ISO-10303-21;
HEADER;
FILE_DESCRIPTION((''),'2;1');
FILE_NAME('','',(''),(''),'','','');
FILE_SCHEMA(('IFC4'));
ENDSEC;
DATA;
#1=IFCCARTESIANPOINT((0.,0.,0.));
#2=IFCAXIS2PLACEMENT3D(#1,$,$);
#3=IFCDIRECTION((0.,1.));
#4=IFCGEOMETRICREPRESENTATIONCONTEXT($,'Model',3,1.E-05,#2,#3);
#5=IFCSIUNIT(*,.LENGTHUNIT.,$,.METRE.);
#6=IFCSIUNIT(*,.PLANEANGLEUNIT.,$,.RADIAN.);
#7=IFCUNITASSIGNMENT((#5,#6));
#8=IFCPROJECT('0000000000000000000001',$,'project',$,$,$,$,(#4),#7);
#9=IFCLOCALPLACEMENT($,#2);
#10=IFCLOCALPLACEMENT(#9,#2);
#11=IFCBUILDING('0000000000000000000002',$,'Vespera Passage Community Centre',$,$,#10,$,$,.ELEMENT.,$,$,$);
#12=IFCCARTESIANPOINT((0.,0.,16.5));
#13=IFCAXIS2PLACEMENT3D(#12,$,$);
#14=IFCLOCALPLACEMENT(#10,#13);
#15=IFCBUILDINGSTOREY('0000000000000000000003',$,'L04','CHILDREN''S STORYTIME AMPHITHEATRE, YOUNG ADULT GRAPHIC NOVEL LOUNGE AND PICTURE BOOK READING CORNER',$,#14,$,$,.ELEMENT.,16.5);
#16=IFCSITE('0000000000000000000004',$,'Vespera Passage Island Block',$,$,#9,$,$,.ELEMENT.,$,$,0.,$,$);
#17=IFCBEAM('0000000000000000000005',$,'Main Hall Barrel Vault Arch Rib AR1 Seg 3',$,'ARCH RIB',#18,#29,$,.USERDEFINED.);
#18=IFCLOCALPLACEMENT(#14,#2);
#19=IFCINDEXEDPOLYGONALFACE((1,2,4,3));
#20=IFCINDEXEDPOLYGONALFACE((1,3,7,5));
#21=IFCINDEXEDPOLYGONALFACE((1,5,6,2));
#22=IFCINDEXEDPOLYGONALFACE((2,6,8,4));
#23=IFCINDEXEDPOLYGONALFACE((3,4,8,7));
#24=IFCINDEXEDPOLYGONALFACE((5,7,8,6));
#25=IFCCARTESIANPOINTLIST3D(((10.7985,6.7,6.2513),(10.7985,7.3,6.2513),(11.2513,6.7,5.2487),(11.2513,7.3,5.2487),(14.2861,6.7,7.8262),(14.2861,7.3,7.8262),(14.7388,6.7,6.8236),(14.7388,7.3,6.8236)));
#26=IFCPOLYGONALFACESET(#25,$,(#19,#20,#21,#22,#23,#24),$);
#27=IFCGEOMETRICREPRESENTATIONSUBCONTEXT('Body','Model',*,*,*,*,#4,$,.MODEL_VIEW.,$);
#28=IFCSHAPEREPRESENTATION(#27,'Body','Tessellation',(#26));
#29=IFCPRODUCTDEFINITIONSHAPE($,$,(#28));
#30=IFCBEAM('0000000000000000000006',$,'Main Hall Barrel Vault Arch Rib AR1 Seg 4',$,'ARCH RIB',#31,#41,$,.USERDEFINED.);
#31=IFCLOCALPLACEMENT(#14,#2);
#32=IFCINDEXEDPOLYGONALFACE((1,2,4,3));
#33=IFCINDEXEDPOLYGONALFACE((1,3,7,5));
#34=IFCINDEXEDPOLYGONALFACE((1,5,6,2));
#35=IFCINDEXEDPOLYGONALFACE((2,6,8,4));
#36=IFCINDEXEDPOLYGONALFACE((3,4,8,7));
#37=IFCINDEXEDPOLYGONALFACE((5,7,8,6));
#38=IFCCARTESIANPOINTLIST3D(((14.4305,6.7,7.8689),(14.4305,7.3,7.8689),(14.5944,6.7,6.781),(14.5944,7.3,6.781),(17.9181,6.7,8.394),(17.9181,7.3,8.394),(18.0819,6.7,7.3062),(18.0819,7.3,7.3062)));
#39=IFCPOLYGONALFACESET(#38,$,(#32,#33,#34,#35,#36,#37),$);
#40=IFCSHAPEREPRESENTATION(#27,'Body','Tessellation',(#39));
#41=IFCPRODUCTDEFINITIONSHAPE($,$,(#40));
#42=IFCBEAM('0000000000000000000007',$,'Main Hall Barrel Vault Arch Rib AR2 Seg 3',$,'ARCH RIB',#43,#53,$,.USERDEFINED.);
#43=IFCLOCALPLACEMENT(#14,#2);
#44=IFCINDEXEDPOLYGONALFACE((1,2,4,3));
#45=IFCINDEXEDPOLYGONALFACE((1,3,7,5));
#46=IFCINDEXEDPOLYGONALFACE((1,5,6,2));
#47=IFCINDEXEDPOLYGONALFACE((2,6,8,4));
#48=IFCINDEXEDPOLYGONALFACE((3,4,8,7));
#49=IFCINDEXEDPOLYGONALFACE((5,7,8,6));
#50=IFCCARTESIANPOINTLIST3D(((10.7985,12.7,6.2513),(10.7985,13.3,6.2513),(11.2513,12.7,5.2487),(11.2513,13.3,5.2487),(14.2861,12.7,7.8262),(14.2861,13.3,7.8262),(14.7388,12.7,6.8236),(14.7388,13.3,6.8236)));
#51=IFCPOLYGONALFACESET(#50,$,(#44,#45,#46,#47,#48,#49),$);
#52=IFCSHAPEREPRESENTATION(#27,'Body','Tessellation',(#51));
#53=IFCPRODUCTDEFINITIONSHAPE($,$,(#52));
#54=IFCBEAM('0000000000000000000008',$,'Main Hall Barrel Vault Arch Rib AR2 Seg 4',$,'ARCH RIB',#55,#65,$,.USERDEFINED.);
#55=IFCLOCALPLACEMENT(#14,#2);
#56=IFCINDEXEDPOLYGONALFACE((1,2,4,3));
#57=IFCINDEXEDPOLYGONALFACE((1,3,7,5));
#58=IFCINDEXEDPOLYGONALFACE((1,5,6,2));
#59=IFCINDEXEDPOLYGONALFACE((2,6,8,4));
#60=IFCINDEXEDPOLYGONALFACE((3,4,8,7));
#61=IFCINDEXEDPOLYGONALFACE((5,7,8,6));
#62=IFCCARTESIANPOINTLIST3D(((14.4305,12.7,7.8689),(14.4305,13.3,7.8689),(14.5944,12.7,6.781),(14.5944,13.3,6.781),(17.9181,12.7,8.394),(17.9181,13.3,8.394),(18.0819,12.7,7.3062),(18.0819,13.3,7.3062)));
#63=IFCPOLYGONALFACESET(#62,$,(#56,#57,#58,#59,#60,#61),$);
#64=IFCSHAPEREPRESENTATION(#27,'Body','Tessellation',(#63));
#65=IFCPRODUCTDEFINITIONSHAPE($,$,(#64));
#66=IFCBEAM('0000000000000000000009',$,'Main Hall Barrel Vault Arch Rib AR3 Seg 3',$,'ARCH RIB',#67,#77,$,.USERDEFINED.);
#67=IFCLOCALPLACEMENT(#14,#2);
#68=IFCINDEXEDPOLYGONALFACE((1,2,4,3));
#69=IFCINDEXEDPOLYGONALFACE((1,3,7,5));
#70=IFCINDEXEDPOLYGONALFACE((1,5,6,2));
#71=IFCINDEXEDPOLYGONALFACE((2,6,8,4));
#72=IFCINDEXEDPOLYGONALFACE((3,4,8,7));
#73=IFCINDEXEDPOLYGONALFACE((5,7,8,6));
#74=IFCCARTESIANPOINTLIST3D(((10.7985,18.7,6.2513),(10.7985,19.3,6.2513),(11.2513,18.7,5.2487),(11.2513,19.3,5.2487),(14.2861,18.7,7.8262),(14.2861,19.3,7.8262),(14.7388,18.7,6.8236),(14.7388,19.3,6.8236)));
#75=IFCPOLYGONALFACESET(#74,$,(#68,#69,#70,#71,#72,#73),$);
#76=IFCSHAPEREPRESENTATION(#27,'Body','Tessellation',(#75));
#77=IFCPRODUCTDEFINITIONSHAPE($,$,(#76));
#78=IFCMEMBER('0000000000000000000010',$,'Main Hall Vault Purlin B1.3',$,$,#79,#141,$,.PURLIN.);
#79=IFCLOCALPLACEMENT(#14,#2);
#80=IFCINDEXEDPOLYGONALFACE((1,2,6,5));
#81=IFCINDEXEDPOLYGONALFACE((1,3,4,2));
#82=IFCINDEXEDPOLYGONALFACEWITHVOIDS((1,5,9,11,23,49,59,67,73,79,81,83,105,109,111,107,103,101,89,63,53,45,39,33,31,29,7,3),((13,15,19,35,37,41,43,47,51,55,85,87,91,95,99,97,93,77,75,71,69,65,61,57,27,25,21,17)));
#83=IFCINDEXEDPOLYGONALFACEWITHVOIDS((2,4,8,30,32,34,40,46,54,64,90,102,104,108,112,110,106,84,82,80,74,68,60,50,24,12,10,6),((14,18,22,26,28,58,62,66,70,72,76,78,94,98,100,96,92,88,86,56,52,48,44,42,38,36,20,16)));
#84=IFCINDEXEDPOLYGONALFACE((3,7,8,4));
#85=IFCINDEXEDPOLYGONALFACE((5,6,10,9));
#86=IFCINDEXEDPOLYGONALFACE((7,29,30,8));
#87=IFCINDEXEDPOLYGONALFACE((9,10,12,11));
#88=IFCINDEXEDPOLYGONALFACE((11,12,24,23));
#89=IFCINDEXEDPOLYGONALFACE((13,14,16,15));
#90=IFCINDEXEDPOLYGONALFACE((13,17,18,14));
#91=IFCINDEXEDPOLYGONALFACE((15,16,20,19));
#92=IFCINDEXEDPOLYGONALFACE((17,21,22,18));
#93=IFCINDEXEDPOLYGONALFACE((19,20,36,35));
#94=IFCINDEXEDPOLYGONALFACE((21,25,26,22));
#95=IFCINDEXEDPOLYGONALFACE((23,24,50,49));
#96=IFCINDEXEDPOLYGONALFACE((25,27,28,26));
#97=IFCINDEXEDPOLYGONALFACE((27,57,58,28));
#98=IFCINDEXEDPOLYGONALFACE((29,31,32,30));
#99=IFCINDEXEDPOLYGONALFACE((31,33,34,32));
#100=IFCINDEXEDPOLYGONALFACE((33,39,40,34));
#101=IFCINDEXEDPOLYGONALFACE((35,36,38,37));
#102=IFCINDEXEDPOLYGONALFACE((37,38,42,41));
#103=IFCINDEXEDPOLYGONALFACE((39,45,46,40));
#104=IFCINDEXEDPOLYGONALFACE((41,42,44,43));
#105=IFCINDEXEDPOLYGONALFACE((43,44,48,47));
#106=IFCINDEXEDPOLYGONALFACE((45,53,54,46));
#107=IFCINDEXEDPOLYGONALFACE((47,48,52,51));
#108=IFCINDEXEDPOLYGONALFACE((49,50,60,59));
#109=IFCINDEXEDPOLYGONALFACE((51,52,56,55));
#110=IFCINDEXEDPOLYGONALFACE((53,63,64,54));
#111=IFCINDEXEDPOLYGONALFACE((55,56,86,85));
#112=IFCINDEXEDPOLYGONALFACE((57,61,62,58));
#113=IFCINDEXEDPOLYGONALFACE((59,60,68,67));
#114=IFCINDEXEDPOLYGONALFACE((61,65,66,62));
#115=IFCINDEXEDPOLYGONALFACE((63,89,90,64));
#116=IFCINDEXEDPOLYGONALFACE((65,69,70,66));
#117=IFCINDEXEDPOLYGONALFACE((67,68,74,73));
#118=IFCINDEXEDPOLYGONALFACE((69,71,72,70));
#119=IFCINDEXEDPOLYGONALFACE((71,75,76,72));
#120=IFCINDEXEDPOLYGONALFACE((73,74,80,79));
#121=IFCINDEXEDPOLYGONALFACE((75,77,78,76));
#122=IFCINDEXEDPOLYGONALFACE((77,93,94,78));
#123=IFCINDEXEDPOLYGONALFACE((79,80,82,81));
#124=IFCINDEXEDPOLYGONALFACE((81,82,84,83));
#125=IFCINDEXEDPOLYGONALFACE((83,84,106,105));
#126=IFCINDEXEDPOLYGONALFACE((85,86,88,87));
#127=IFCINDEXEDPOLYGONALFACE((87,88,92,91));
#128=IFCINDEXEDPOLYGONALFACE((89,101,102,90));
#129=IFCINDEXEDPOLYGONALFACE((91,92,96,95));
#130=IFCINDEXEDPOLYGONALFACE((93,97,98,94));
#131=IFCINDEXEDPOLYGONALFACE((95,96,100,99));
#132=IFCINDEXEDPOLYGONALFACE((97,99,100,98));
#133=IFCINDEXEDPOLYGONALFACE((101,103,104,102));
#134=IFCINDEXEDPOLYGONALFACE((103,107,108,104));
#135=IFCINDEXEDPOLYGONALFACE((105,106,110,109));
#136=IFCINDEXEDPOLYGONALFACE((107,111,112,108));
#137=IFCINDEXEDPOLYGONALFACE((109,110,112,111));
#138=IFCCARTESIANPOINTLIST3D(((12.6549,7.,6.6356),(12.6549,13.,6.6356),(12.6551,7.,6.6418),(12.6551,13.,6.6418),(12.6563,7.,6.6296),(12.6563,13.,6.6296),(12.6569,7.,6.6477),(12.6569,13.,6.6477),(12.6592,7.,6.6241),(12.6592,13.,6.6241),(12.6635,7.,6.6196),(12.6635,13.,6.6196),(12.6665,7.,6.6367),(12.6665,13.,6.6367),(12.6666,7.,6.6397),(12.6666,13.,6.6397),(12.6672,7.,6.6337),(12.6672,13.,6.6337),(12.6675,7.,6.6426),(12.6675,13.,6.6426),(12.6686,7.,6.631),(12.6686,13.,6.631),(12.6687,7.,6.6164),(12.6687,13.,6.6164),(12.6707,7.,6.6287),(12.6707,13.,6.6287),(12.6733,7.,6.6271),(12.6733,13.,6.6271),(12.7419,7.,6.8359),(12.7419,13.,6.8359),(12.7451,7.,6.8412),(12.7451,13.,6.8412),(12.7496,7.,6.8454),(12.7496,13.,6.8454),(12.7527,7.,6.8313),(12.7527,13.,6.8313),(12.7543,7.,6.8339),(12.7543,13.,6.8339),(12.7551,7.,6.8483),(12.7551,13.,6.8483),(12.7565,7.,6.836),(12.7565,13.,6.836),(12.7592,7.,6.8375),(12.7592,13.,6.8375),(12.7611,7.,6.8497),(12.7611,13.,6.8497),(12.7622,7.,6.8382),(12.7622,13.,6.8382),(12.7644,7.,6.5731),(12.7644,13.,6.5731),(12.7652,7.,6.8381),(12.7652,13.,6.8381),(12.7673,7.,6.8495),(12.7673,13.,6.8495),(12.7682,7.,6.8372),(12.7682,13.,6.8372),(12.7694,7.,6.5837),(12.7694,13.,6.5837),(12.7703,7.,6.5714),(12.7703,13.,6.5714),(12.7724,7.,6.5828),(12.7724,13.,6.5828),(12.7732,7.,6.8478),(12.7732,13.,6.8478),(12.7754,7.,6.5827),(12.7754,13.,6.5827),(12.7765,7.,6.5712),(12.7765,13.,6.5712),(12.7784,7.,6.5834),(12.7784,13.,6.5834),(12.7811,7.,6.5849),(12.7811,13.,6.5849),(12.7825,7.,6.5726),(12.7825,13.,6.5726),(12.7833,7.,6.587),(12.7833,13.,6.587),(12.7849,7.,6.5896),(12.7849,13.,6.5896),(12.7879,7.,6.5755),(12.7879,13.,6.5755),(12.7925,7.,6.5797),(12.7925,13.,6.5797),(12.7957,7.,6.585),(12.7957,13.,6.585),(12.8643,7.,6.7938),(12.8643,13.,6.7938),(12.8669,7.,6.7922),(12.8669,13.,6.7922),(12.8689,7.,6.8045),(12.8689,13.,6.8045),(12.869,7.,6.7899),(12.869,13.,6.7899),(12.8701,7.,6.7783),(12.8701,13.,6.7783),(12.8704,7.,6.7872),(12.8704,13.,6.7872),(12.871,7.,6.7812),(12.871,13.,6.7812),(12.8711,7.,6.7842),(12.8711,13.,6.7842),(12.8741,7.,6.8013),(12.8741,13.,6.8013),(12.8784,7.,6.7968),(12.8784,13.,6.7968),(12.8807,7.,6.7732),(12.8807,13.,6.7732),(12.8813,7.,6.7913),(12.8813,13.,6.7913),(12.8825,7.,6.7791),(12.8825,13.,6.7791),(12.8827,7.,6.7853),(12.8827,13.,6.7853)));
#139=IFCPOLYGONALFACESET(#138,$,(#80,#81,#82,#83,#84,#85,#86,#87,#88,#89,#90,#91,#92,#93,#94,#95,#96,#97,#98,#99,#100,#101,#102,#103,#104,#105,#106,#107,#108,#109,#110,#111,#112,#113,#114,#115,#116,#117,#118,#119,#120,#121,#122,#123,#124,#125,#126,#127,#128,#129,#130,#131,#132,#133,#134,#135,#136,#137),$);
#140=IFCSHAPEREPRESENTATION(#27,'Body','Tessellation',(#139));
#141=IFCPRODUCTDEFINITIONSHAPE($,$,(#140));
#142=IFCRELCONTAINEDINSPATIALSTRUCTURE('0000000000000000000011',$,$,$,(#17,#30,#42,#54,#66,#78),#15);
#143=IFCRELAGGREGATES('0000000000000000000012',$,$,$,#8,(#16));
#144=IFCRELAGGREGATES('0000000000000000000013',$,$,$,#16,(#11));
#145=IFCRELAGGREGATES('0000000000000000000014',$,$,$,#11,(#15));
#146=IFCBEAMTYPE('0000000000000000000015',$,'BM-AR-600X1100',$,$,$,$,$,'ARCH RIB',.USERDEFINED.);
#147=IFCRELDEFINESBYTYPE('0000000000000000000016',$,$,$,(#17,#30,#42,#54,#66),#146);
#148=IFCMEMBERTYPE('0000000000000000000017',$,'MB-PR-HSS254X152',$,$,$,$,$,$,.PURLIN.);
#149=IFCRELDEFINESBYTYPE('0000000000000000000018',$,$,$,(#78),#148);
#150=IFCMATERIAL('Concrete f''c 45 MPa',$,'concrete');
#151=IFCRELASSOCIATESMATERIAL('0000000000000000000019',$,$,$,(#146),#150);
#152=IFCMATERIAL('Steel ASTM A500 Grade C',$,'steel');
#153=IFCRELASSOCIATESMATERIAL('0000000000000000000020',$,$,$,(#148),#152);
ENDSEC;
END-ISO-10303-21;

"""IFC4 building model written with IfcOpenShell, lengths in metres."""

from ifc_helpers import new_model, si_unit, direction, frame, origin, origin_2d, place, context, subcontext, project, spatial, rectangle, hollow_rectangle, extrude, material, material_profile, profile_set, type_object, element, save


model = new_model("IFC4")

# Units and contexts
model_context = context("Model", 3, precision=1e-05, world=origin(), true_north=direction((0.0, 1.0)))
body_context = subcontext(model_context, "Body", "Model", "MODEL_VIEW")
ifc_project = project(units=[si_unit("LENGTHUNIT", "METRE"), si_unit("PLANEANGLEUNIT", "RADIAN")], contexts=[model_context])

# Site, building, storey
site_placement = place(None, origin())
site = spatial("IfcSite", under=ifc_project, at=site_placement, Name="Vespera Passage Island Block", CompositionType="ELEMENT", RefElevation=0.0)
building_placement = place(site_placement, origin())
building = spatial("IfcBuilding", under=site, at=building_placement, Name="Vespera Passage Community Centre", CompositionType="ELEMENT")
storey_placement = place(building_placement, frame((0.0, 0.0, 16.5)))
storey = spatial("IfcBuildingStorey", under=building, at=storey_placement, Name="L04", Description="CHILDREN'S STORYTIME AMPHITHEATRE, YOUNG ADULT GRAPHIC NOVEL LOUNGE AND PICTURE BOOK READING CORNER", CompositionType="ELEMENT", Elevation=16.5)

# Beams
ifc_material_1 = material(Name="Concrete f'c 45 MPa", Category="concrete")
ifc_material_profile_1 = material_profile(ifc_material_1, rectangle(XDim=0.6001, YDim=1.1001, at=origin_2d()), Name="RC600X1100")
ifc_profile_set_1 = profile_set([ifc_material_profile_1], Name="Concrete f'c 45 MPa")
beam_type = type_object("IfcBeamType", Name="BM-AR-600X1100", ElementType="ARCH RIB", PredefinedType="USERDEFINED", material=ifc_profile_set_1)
beam_1_placement = place(storey_placement, frame((11.0249, 7.0, 5.75), z_axis=(0.911378, 0.0, 0.411571), x_axis=(0.0, 1.0, 0.0)))
element("IfcBeam", 1, at=beam_1_placement, inside=storey, type_object=beam_type, Name="Main Hall Barrel Vault Arch Rib AR1 Seg 3", ObjectType="ARCH RIB", PredefinedType="USERDEFINED", context=body_context, shape_type="SweptSolid", body=[
    extrude(rectangle(XDim=0.6001, YDim=1.1001, at=origin_2d()), origin(), (0.0, 0.0, 1.0), 3.8267),
])
beam_2_placement = place(storey_placement, frame((14.5125, 7.0, 7.325), z_axis=(0.988852, 0.0, 0.148899), x_axis=(0.0, 1.0, 0.0)))
element("IfcBeam", 2, at=beam_2_placement, inside=storey, type_object=beam_type, Name="Main Hall Barrel Vault Arch Rib AR1 Seg 4", ObjectType="ARCH RIB", PredefinedType="USERDEFINED", context=body_context, shape_type="SweptSolid", body=[
    extrude(rectangle(XDim=0.6001, YDim=1.1001, at=origin_2d()), origin(), (0.0, 0.0, 1.0), 3.5269),
])
beam_3_placement = place(storey_placement, frame((11.0249, 13.0, 5.75), z_axis=(0.911378, 0.0, 0.411571), x_axis=(0.0, 1.0, 0.0)))
element("IfcBeam", 3, at=beam_3_placement, inside=storey, type_object=beam_type, Name="Main Hall Barrel Vault Arch Rib AR2 Seg 3", ObjectType="ARCH RIB", PredefinedType="USERDEFINED", context=body_context, shape_type="SweptSolid", body=[
    extrude(rectangle(XDim=0.6001, YDim=1.1001, at=origin_2d()), origin(), (0.0, 0.0, 1.0), 3.8267),
])
beam_4_placement = place(storey_placement, frame((14.5125, 13.0, 7.325), z_axis=(0.988852, 0.0, 0.148899), x_axis=(0.0, 1.0, 0.0)))
element("IfcBeam", 4, at=beam_4_placement, inside=storey, type_object=beam_type, Name="Main Hall Barrel Vault Arch Rib AR2 Seg 4", ObjectType="ARCH RIB", PredefinedType="USERDEFINED", context=body_context, shape_type="SweptSolid", body=[
    extrude(rectangle(XDim=0.6001, YDim=1.1001, at=origin_2d()), origin(), (0.0, 0.0, 1.0), 3.5269),
])
beam_5_placement = place(storey_placement, frame((11.0249, 19.0, 5.75), z_axis=(0.911378, 0.0, 0.411571), x_axis=(0.0, 1.0, 0.0)))
element("IfcBeam", 5, at=beam_5_placement, inside=storey, type_object=beam_type, Name="Main Hall Barrel Vault Arch Rib AR3 Seg 3", ObjectType="ARCH RIB", PredefinedType="USERDEFINED", context=body_context, shape_type="SweptSolid", body=[
    extrude(rectangle(XDim=0.6001, YDim=1.1001, at=origin_2d()), origin(), (0.0, 0.0, 1.0), 3.8267),
])

# Member
ifc_material_2 = material(Name="Steel ASTM A500 Grade C", Category="steel")
ifc_material_profile_2 = material_profile(ifc_material_2, hollow_rectangle(XDim=0.1523, YDim=0.2539, WallThickness=0.0117, InnerFilletRadius=0.0117, OuterFilletRadius=0.0237, at=origin_2d()), Name="HSS254X152X12.7")
ifc_profile_set_2 = profile_set([ifc_material_profile_2], Name="Steel ASTM A500 Grade C")
member_type_1 = type_object("IfcMemberType", Name="MB-PR-HSS254X152", PredefinedType="PURLIN", material=ifc_profile_set_2)
for number, where, z_axis, x_axis, name in (
    (6, (12.7688, 7.0, 6.7104), (0.0, 1.0, 0.0), (-0.911367, 0.0, 0.411594), "Main Hall Vault Purlin B1.3"),
):
    element("IfcMember", number, at=place(storey_placement, frame(where, z_axis=z_axis, x_axis=x_axis)), inside=storey, type_object=member_type_1, Name=name, PredefinedType="PURLIN", context=body_context, shape_type="SweptSolid", body=[
        extrude(hollow_rectangle(XDim=0.1523, YDim=0.2539, WallThickness=0.0117, InnerFilletRadius=0.0117, OuterFilletRadius=0.0237, at=origin_2d()), origin(), (0.0, 0.0, 1.0), 6.0),
    ])

save(model, "model.ifc")
